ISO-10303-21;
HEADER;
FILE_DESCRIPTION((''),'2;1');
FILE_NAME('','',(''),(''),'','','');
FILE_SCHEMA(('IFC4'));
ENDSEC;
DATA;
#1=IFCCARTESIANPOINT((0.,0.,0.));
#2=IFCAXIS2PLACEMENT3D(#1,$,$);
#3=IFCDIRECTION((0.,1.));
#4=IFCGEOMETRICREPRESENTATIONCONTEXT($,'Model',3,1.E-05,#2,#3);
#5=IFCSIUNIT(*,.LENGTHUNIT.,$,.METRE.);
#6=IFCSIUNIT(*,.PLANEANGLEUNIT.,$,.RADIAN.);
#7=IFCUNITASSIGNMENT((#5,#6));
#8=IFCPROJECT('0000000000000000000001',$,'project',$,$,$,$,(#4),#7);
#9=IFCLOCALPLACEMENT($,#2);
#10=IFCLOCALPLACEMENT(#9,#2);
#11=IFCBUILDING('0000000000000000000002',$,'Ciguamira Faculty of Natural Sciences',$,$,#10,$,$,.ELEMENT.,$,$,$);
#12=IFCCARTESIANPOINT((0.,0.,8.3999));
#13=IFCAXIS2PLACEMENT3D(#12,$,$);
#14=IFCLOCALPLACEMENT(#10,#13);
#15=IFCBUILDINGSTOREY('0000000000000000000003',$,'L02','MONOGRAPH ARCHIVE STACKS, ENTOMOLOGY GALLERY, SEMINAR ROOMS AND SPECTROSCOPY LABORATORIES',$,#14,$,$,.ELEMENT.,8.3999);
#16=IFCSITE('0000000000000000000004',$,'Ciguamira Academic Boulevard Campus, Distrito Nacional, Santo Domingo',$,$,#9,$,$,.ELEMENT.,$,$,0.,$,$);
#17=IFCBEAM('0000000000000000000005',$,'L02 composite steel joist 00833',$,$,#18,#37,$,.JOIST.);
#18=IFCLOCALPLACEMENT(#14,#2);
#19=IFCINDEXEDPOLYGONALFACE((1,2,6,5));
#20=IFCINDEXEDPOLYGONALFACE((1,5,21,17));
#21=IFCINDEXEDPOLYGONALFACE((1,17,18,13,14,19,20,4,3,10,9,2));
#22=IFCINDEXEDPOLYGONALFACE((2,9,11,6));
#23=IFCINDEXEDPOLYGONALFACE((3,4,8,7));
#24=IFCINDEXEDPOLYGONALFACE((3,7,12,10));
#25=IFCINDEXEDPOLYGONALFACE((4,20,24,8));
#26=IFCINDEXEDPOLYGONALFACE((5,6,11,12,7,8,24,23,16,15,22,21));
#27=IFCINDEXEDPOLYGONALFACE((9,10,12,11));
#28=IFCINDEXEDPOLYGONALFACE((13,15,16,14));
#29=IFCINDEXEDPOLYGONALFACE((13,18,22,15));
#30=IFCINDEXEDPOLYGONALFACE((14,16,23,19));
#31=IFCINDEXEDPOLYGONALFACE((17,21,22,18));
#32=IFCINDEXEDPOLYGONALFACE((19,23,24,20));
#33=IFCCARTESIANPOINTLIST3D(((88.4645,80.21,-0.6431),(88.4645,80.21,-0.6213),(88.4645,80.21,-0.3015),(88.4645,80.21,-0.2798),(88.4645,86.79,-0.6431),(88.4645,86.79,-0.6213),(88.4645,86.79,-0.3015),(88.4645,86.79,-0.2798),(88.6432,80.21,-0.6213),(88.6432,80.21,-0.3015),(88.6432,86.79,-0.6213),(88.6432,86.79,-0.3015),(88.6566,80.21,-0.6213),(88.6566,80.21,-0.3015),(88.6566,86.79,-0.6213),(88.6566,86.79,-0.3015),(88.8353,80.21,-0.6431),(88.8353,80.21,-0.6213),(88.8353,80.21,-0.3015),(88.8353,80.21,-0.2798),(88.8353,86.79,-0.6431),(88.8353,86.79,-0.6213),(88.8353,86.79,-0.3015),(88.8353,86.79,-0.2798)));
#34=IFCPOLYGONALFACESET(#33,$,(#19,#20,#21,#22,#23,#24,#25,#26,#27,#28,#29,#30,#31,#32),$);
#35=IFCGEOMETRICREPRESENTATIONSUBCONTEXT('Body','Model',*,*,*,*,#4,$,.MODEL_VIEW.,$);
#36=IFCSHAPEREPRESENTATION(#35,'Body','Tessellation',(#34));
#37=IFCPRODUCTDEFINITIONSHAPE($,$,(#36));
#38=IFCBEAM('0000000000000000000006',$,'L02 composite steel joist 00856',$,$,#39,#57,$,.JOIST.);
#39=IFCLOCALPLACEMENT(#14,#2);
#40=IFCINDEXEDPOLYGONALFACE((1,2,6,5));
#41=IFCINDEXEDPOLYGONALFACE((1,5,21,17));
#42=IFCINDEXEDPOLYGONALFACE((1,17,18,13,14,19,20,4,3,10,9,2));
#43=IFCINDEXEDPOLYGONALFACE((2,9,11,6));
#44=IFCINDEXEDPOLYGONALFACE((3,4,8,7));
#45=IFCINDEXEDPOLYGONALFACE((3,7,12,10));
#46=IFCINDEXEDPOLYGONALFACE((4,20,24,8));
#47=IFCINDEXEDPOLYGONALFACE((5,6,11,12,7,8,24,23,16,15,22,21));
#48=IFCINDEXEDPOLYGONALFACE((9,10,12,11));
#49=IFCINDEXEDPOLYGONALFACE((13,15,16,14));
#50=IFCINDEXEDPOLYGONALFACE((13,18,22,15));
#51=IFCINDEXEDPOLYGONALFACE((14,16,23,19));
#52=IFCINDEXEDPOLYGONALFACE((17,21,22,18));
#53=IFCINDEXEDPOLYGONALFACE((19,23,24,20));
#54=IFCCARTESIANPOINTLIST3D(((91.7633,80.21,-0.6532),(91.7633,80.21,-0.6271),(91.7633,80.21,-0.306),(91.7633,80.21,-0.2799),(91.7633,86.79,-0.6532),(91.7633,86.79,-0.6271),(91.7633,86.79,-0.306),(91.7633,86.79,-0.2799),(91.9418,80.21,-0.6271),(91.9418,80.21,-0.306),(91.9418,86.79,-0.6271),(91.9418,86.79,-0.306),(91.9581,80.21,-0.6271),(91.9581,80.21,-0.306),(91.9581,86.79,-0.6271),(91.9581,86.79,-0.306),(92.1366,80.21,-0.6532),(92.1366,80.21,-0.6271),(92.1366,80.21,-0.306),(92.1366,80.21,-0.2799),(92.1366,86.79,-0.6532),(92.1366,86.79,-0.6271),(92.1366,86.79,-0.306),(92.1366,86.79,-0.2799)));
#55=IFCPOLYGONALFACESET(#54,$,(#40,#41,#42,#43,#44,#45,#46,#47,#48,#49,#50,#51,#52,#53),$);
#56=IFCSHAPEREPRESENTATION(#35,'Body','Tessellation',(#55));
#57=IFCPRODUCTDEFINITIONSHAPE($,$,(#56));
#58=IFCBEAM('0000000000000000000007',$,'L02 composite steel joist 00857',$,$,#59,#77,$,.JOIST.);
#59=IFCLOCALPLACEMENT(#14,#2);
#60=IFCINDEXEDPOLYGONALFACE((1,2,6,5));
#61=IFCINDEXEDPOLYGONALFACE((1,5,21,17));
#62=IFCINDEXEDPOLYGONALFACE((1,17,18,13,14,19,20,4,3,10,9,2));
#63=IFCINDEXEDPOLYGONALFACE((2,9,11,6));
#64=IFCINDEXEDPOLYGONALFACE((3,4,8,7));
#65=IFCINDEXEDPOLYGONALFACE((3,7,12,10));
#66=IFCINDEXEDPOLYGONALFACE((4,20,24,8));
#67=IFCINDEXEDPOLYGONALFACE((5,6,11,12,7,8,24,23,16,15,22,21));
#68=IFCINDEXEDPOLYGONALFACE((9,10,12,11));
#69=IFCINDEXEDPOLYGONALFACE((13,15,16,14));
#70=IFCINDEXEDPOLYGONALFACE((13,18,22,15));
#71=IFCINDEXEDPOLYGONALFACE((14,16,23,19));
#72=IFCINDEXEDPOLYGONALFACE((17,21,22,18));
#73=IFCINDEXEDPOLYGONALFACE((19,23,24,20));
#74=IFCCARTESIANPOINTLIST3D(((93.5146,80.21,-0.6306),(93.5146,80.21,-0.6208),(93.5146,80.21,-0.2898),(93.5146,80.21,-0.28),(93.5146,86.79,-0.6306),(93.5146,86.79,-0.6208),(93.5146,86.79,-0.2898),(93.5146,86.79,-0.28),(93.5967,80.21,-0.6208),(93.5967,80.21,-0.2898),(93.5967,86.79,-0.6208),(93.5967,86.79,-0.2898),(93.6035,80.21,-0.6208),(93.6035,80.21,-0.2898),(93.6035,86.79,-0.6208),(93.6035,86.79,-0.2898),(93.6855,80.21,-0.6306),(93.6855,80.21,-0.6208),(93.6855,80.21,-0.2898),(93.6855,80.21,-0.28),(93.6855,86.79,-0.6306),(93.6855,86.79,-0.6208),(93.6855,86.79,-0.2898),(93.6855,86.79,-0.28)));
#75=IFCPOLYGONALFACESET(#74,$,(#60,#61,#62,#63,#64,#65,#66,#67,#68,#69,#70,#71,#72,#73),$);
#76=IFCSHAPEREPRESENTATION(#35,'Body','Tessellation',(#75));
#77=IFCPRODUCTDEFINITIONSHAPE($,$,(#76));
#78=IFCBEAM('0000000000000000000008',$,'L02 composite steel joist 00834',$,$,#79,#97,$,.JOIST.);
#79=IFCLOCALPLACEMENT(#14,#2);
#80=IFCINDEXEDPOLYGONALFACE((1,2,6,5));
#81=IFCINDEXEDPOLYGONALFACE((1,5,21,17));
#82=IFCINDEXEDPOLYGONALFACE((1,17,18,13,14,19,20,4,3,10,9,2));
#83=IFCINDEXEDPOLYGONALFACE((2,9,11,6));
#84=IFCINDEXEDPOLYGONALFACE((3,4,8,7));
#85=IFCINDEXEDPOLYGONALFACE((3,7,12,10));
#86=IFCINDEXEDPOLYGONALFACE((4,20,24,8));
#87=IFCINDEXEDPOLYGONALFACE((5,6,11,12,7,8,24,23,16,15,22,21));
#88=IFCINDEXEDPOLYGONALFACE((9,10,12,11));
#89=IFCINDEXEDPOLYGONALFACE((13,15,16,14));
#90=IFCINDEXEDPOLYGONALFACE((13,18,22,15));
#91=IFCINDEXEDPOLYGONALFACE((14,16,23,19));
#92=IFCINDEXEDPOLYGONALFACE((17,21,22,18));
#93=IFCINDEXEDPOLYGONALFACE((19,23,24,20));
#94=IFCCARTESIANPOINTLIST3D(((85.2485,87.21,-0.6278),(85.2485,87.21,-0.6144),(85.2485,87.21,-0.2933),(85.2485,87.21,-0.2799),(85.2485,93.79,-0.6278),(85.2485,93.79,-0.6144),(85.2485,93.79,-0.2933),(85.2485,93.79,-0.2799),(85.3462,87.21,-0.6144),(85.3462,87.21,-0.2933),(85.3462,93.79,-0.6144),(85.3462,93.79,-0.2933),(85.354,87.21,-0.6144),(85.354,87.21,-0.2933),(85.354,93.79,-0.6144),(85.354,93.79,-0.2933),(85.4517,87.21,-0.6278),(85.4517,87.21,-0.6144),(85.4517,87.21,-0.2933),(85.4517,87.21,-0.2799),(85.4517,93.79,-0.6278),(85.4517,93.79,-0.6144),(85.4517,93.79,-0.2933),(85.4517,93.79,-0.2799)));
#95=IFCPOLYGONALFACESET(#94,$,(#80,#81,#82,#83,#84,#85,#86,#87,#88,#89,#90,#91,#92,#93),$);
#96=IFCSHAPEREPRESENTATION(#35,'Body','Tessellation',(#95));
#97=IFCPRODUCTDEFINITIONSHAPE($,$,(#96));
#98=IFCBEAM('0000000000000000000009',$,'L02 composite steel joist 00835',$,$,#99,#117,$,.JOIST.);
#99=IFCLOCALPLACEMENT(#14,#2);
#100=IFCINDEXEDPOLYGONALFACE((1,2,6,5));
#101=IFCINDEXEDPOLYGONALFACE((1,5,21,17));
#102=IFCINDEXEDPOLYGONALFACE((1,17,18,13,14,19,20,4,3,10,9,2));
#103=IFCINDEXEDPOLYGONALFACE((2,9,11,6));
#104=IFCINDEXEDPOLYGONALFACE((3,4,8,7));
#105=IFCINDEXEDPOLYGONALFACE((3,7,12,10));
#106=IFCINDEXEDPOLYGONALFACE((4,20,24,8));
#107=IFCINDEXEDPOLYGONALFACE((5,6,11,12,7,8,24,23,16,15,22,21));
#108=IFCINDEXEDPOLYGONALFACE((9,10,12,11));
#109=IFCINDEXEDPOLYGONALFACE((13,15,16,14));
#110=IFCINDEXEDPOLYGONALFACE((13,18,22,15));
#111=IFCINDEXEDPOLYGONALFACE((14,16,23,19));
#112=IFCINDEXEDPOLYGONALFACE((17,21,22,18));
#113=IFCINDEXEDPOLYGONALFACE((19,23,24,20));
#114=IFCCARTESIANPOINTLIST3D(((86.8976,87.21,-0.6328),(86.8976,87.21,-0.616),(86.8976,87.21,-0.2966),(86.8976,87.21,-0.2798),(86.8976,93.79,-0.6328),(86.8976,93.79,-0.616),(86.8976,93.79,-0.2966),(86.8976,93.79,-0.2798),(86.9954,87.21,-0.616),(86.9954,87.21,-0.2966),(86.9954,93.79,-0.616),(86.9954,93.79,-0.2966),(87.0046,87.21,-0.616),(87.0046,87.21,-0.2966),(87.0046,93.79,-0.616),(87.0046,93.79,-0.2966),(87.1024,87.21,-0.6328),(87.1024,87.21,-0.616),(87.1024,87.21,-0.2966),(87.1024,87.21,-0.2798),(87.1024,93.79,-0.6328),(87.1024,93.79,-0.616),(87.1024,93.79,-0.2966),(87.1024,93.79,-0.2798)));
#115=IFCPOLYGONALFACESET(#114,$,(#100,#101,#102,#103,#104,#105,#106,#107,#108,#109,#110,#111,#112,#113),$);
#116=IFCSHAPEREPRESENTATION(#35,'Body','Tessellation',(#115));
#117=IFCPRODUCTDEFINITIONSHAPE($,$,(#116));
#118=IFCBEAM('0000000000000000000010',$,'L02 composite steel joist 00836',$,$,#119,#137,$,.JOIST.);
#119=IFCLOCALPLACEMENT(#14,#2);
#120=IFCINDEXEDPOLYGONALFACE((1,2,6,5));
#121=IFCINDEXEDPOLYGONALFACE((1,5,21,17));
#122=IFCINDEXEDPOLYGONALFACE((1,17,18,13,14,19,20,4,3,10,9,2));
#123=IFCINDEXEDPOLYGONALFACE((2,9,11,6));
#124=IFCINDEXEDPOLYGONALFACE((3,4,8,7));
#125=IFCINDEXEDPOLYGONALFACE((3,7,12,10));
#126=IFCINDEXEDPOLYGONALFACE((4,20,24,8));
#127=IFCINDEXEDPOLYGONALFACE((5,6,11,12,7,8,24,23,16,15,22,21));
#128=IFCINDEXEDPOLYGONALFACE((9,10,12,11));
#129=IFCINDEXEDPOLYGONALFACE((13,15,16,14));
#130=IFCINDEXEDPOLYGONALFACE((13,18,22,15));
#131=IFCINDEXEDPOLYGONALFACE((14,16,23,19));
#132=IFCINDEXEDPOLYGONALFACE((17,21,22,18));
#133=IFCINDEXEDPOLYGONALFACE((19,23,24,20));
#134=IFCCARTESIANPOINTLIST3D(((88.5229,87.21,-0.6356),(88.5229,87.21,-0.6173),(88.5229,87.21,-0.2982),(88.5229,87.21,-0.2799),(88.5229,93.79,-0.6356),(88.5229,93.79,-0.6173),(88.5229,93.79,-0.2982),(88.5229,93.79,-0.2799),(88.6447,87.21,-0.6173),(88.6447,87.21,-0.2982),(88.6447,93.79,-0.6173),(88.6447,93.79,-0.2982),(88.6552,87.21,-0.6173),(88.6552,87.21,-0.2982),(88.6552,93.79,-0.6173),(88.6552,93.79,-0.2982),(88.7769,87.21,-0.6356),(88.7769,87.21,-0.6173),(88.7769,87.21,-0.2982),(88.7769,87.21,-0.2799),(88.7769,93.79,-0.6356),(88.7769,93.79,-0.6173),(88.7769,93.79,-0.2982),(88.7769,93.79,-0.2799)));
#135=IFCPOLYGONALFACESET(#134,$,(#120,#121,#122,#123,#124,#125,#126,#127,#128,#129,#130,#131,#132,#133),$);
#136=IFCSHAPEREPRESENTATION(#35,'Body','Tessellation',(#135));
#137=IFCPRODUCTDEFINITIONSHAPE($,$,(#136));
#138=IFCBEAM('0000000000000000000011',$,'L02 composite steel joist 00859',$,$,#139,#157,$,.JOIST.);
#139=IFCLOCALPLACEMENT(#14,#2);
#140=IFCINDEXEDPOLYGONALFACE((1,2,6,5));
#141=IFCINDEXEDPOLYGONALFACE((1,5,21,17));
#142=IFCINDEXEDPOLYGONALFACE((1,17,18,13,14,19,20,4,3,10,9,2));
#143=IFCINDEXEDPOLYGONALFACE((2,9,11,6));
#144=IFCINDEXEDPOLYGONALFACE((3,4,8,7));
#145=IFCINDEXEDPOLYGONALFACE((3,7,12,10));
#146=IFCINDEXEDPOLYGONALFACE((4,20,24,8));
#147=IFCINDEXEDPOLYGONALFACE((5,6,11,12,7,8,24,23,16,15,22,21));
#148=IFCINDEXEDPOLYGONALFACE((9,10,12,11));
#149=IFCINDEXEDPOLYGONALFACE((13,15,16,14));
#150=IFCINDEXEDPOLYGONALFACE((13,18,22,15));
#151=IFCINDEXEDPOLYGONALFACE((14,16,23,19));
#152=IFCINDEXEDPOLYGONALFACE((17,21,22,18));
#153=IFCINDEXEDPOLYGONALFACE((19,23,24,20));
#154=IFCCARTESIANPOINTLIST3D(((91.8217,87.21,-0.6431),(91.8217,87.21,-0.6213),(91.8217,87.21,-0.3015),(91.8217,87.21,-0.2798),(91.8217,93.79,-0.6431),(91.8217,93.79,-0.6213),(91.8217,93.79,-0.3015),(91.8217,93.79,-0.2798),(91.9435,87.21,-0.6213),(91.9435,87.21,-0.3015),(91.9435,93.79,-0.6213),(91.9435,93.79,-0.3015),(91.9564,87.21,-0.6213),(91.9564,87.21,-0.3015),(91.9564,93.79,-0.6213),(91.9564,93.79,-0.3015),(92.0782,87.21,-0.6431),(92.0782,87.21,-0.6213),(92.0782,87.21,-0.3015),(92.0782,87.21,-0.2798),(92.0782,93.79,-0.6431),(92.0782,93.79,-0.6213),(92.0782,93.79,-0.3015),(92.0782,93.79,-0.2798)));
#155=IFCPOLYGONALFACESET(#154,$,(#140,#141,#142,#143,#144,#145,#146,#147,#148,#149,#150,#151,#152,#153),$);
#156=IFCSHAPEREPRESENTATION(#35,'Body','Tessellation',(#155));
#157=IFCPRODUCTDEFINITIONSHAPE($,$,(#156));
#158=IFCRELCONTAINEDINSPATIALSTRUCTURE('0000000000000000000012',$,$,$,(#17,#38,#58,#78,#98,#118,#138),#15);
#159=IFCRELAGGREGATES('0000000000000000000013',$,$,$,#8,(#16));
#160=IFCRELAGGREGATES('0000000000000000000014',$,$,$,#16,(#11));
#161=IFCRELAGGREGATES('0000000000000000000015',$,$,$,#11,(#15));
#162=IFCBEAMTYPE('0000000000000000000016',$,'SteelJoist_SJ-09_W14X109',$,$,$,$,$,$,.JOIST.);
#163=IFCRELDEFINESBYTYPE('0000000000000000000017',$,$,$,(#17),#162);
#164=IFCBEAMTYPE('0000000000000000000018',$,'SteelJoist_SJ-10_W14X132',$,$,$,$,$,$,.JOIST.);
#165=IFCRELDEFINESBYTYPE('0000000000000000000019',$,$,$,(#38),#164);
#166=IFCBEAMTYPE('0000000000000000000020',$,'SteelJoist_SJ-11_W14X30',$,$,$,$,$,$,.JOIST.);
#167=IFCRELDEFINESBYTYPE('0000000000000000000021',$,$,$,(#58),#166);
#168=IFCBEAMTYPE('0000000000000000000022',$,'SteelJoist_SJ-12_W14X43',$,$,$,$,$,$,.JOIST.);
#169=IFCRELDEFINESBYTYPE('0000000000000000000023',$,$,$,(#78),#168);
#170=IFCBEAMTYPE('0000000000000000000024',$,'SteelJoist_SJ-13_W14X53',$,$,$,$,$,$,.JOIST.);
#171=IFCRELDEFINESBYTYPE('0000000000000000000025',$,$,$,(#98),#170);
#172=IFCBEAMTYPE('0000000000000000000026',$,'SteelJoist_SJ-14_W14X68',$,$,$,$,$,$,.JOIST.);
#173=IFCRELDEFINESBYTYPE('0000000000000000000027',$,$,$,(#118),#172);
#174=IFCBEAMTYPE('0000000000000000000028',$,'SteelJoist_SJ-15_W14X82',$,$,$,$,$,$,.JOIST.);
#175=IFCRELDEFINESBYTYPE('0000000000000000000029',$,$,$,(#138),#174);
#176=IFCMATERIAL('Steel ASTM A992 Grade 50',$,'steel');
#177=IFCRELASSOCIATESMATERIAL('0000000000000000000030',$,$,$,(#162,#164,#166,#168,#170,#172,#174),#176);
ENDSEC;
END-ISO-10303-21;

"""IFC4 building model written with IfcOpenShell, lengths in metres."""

from ifc_helpers import new_model, si_unit, direction, frame, origin, origin_2d, place, context, subcontext, project, spatial, i_section, extrude, material, material_profile, profile_set, type_object, element, save


model = new_model("IFC4")

# Units and contexts
model_context = context("Model", 3, precision=1e-05, world=origin(), true_north=direction((0.0, 1.0)))
body_context = subcontext(model_context, "Body", "Model", "MODEL_VIEW")
ifc_project = project(units=[si_unit("LENGTHUNIT", "METRE"), si_unit("PLANEANGLEUNIT", "RADIAN")], contexts=[model_context])

# Site, building, storey
site_placement = place(None, origin())
site = spatial("IfcSite", under=ifc_project, at=site_placement, Name="Ciguamira Academic Boulevard Campus, Distrito Nacional, Santo Domingo", CompositionType="ELEMENT", RefElevation=0.0)
building_placement = place(site_placement, origin())
building = spatial("IfcBuilding", under=site, at=building_placement, Name="Ciguamira Faculty of Natural Sciences", CompositionType="ELEMENT")
storey_placement = place(building_placement, frame((0.0, 0.0, 8.3999)))
storey = spatial("IfcBuildingStorey", under=building, at=storey_placement, Name="L02", Description="MONOGRAPH ARCHIVE STACKS, ENTOMOLOGY GALLERY, SEMINAR ROOMS AND SPECTROSCOPY LABORATORIES", CompositionType="ELEMENT", Elevation=8.3999)

# Beams
ifc_material_1 = material(Name="Steel ASTM A992 Grade 50", Category="steel")
ifc_material_profile_1 = material_profile(ifc_material_1, i_section(OverallWidth=0.3708, OverallDepth=0.3633, WebThickness=0.0134, FlangeThickness=0.0217, at=origin_2d()), Name="W14X109")
ifc_profile_set_1 = profile_set([ifc_material_profile_1], Name="Steel ASTM A992 Grade 50")
beam_type_1 = type_object("IfcBeamType", Name="SteelJoist_SJ-09_W14X109", PredefinedType="JOIST", material=ifc_profile_set_1)
beam_1_placement = place(storey_placement, frame((88.6499, 80.21, -0.4614), z_axis=(0.0, 1.0, 0.0), x_axis=(-1.0, 0.0, 0.0)))
element("IfcBeam", 1, at=beam_1_placement, inside=storey, type_object=beam_type_1, Name="L02 composite steel joist 00833", PredefinedType="JOIST", context=body_context, shape_type="SweptSolid", body=[
    extrude(i_section(OverallWidth=0.3708, OverallDepth=0.3633, WebThickness=0.0134, FlangeThickness=0.0217, at=origin_2d()), origin(), (0.0, 0.0, 1.0), 6.5801),
])
ifc_material_profile_2 = material_profile(ifc_material_1, i_section(OverallWidth=0.3733, OverallDepth=0.3733, WebThickness=0.0164, FlangeThickness=0.0261, at=origin_2d()), Name="W14X132")
ifc_profile_set_2 = profile_set([ifc_material_profile_2], Name="Steel ASTM A992 Grade 50")
beam_type_2 = type_object("IfcBeamType", Name="SteelJoist_SJ-10_W14X132", PredefinedType="JOIST", material=ifc_profile_set_2)
beam_2_placement = place(storey_placement, frame((91.95, 80.21, -0.4666), z_axis=(0.0, 1.0, 0.0), x_axis=(-1.0, 0.0, 0.0)))
element("IfcBeam", 2, at=beam_2_placement, inside=storey, type_object=beam_type_2, Name="L02 composite steel joist 00856", PredefinedType="JOIST", context=body_context, shape_type="SweptSolid", body=[
    extrude(i_section(OverallWidth=0.3733, OverallDepth=0.3733, WebThickness=0.0164, FlangeThickness=0.0261, at=origin_2d()), origin(), (0.0, 0.0, 1.0), 6.5801),
])
ifc_material_profile_3 = material_profile(ifc_material_1, i_section(OverallWidth=0.1709, OverallDepth=0.3506, WebThickness=0.0068, FlangeThickness=0.0098, at=origin_2d()), Name="W14X30")
ifc_profile_set_3 = profile_set([ifc_material_profile_3], Name="Steel ASTM A992 Grade 50")
beam_type_3 = type_object("IfcBeamType", Name="SteelJoist_SJ-11_W14X30", PredefinedType="JOIST", material=ifc_profile_set_3)
beam_3_placement = place(storey_placement, frame((93.6001, 80.21, -0.4553), z_axis=(0.0, 1.0, 0.0), x_axis=(-1.0, 0.0, 0.0)))
element("IfcBeam", 3, at=beam_3_placement, inside=storey, type_object=beam_type_3, Name="L02 composite steel joist 00857", PredefinedType="JOIST", context=body_context, shape_type="SweptSolid", body=[
    extrude(i_section(OverallWidth=0.1709, OverallDepth=0.3506, WebThickness=0.0068, FlangeThickness=0.0098, at=origin_2d()), origin(), (0.0, 0.0, 1.0), 6.5801),
])
ifc_material_profile_4 = material_profile(ifc_material_1, i_section(OverallWidth=0.2031, OverallDepth=0.3479, WebThickness=0.0078, FlangeThickness=0.0134, at=origin_2d()), Name="W14X43")
ifc_profile_set_4 = profile_set([ifc_material_profile_4], Name="Steel ASTM A992 Grade 50")
beam_type_4 = type_object("IfcBeamType", Name="SteelJoist_SJ-12_W14X43", PredefinedType="JOIST", material=ifc_profile_set_4)
beam_4_placement = place(storey_placement, frame((85.3501, 87.21, -0.4539), z_axis=(0.0, 1.0, 0.0), x_axis=(-1.0, 0.0, 0.0)))
element("IfcBeam", 4, at=beam_4_placement, inside=storey, type_object=beam_type_4, Name="L02 composite steel joist 00834", PredefinedType="JOIST", context=body_context, shape_type="SweptSolid", body=[
    extrude(i_section(OverallWidth=0.2031, OverallDepth=0.3479, WebThickness=0.0078, FlangeThickness=0.0134, at=origin_2d()), origin(), (0.0, 0.0, 1.0), 6.5801),
])
ifc_material_profile_5 = material_profile(ifc_material_1, i_section(OverallWidth=0.2048, OverallDepth=0.353, WebThickness=0.0093, FlangeThickness=0.0168, at=origin_2d()), Name="W14X53")
ifc_profile_set_5 = profile_set([ifc_material_profile_5], Name="Steel ASTM A992 Grade 50")
beam_type_5 = type_object("IfcBeamType", Name="SteelJoist_SJ-13_W14X53", PredefinedType="JOIST", material=ifc_profile_set_5)
beam_5_placement = place(storey_placement, frame((87.0, 87.21, -0.4563), z_axis=(0.0, 1.0, 0.0), x_axis=(-1.0, 0.0, 0.0)))
element("IfcBeam", 5, at=beam_5_placement, inside=storey, type_object=beam_type_5, Name="L02 composite steel joist 00835", PredefinedType="JOIST", context=body_context, shape_type="SweptSolid", body=[
    extrude(i_section(OverallWidth=0.2048, OverallDepth=0.353, WebThickness=0.0093, FlangeThickness=0.0168, at=origin_2d()), origin(), (0.0, 0.0, 1.0), 6.5801),
])
ifc_material_profile_6 = material_profile(ifc_material_1, i_section(OverallWidth=0.2539, OverallDepth=0.3557, WebThickness=0.0105, FlangeThickness=0.0183, at=origin_2d()), Name="W14X68")
ifc_profile_set_6 = profile_set([ifc_material_profile_6], Name="Steel ASTM A992 Grade 50")
beam_type_6 = type_object("IfcBeamType", Name="SteelJoist_SJ-14_W14X68", PredefinedType="JOIST", material=ifc_profile_set_6)
beam_6_placement = place(storey_placement, frame((88.6499, 87.21, -0.4578), z_axis=(0.0, 1.0, 0.0), x_axis=(-1.0, 0.0, 0.0)))
element("IfcBeam", 6, at=beam_6_placement, inside=storey, type_object=beam_type_6, Name="L02 composite steel joist 00836", PredefinedType="JOIST", context=body_context, shape_type="SweptSolid", body=[
    extrude(i_section(OverallWidth=0.2539, OverallDepth=0.3557, WebThickness=0.0105, FlangeThickness=0.0183, at=origin_2d()), origin(), (0.0, 0.0, 1.0), 6.5801),
])
ifc_material_profile_7 = material_profile(ifc_material_1, i_section(OverallWidth=0.2566, OverallDepth=0.3633, WebThickness=0.0129, FlangeThickness=0.0217, at=origin_2d()), Name="W14X82")
ifc_profile_set_7 = profile_set([ifc_material_profile_7], Name="Steel ASTM A992 Grade 50")
beam_type_7 = type_object("IfcBeamType", Name="SteelJoist_SJ-15_W14X82", PredefinedType="JOIST", material=ifc_profile_set_7)
beam_7_placement = place(storey_placement, frame((91.95, 87.21, -0.4614), z_axis=(0.0, 1.0, 0.0), x_axis=(-1.0, 0.0, 0.0)))
element("IfcBeam", 7, at=beam_7_placement, inside=storey, type_object=beam_type_7, Name="L02 composite steel joist 00859", PredefinedType="JOIST", context=body_context, shape_type="SweptSolid", body=[
    extrude(i_section(OverallWidth=0.2566, OverallDepth=0.3633, WebThickness=0.0129, FlangeThickness=0.0217, at=origin_2d()), origin(), (0.0, 0.0, 1.0), 6.5801),
])

save(model, "model.ifc")
